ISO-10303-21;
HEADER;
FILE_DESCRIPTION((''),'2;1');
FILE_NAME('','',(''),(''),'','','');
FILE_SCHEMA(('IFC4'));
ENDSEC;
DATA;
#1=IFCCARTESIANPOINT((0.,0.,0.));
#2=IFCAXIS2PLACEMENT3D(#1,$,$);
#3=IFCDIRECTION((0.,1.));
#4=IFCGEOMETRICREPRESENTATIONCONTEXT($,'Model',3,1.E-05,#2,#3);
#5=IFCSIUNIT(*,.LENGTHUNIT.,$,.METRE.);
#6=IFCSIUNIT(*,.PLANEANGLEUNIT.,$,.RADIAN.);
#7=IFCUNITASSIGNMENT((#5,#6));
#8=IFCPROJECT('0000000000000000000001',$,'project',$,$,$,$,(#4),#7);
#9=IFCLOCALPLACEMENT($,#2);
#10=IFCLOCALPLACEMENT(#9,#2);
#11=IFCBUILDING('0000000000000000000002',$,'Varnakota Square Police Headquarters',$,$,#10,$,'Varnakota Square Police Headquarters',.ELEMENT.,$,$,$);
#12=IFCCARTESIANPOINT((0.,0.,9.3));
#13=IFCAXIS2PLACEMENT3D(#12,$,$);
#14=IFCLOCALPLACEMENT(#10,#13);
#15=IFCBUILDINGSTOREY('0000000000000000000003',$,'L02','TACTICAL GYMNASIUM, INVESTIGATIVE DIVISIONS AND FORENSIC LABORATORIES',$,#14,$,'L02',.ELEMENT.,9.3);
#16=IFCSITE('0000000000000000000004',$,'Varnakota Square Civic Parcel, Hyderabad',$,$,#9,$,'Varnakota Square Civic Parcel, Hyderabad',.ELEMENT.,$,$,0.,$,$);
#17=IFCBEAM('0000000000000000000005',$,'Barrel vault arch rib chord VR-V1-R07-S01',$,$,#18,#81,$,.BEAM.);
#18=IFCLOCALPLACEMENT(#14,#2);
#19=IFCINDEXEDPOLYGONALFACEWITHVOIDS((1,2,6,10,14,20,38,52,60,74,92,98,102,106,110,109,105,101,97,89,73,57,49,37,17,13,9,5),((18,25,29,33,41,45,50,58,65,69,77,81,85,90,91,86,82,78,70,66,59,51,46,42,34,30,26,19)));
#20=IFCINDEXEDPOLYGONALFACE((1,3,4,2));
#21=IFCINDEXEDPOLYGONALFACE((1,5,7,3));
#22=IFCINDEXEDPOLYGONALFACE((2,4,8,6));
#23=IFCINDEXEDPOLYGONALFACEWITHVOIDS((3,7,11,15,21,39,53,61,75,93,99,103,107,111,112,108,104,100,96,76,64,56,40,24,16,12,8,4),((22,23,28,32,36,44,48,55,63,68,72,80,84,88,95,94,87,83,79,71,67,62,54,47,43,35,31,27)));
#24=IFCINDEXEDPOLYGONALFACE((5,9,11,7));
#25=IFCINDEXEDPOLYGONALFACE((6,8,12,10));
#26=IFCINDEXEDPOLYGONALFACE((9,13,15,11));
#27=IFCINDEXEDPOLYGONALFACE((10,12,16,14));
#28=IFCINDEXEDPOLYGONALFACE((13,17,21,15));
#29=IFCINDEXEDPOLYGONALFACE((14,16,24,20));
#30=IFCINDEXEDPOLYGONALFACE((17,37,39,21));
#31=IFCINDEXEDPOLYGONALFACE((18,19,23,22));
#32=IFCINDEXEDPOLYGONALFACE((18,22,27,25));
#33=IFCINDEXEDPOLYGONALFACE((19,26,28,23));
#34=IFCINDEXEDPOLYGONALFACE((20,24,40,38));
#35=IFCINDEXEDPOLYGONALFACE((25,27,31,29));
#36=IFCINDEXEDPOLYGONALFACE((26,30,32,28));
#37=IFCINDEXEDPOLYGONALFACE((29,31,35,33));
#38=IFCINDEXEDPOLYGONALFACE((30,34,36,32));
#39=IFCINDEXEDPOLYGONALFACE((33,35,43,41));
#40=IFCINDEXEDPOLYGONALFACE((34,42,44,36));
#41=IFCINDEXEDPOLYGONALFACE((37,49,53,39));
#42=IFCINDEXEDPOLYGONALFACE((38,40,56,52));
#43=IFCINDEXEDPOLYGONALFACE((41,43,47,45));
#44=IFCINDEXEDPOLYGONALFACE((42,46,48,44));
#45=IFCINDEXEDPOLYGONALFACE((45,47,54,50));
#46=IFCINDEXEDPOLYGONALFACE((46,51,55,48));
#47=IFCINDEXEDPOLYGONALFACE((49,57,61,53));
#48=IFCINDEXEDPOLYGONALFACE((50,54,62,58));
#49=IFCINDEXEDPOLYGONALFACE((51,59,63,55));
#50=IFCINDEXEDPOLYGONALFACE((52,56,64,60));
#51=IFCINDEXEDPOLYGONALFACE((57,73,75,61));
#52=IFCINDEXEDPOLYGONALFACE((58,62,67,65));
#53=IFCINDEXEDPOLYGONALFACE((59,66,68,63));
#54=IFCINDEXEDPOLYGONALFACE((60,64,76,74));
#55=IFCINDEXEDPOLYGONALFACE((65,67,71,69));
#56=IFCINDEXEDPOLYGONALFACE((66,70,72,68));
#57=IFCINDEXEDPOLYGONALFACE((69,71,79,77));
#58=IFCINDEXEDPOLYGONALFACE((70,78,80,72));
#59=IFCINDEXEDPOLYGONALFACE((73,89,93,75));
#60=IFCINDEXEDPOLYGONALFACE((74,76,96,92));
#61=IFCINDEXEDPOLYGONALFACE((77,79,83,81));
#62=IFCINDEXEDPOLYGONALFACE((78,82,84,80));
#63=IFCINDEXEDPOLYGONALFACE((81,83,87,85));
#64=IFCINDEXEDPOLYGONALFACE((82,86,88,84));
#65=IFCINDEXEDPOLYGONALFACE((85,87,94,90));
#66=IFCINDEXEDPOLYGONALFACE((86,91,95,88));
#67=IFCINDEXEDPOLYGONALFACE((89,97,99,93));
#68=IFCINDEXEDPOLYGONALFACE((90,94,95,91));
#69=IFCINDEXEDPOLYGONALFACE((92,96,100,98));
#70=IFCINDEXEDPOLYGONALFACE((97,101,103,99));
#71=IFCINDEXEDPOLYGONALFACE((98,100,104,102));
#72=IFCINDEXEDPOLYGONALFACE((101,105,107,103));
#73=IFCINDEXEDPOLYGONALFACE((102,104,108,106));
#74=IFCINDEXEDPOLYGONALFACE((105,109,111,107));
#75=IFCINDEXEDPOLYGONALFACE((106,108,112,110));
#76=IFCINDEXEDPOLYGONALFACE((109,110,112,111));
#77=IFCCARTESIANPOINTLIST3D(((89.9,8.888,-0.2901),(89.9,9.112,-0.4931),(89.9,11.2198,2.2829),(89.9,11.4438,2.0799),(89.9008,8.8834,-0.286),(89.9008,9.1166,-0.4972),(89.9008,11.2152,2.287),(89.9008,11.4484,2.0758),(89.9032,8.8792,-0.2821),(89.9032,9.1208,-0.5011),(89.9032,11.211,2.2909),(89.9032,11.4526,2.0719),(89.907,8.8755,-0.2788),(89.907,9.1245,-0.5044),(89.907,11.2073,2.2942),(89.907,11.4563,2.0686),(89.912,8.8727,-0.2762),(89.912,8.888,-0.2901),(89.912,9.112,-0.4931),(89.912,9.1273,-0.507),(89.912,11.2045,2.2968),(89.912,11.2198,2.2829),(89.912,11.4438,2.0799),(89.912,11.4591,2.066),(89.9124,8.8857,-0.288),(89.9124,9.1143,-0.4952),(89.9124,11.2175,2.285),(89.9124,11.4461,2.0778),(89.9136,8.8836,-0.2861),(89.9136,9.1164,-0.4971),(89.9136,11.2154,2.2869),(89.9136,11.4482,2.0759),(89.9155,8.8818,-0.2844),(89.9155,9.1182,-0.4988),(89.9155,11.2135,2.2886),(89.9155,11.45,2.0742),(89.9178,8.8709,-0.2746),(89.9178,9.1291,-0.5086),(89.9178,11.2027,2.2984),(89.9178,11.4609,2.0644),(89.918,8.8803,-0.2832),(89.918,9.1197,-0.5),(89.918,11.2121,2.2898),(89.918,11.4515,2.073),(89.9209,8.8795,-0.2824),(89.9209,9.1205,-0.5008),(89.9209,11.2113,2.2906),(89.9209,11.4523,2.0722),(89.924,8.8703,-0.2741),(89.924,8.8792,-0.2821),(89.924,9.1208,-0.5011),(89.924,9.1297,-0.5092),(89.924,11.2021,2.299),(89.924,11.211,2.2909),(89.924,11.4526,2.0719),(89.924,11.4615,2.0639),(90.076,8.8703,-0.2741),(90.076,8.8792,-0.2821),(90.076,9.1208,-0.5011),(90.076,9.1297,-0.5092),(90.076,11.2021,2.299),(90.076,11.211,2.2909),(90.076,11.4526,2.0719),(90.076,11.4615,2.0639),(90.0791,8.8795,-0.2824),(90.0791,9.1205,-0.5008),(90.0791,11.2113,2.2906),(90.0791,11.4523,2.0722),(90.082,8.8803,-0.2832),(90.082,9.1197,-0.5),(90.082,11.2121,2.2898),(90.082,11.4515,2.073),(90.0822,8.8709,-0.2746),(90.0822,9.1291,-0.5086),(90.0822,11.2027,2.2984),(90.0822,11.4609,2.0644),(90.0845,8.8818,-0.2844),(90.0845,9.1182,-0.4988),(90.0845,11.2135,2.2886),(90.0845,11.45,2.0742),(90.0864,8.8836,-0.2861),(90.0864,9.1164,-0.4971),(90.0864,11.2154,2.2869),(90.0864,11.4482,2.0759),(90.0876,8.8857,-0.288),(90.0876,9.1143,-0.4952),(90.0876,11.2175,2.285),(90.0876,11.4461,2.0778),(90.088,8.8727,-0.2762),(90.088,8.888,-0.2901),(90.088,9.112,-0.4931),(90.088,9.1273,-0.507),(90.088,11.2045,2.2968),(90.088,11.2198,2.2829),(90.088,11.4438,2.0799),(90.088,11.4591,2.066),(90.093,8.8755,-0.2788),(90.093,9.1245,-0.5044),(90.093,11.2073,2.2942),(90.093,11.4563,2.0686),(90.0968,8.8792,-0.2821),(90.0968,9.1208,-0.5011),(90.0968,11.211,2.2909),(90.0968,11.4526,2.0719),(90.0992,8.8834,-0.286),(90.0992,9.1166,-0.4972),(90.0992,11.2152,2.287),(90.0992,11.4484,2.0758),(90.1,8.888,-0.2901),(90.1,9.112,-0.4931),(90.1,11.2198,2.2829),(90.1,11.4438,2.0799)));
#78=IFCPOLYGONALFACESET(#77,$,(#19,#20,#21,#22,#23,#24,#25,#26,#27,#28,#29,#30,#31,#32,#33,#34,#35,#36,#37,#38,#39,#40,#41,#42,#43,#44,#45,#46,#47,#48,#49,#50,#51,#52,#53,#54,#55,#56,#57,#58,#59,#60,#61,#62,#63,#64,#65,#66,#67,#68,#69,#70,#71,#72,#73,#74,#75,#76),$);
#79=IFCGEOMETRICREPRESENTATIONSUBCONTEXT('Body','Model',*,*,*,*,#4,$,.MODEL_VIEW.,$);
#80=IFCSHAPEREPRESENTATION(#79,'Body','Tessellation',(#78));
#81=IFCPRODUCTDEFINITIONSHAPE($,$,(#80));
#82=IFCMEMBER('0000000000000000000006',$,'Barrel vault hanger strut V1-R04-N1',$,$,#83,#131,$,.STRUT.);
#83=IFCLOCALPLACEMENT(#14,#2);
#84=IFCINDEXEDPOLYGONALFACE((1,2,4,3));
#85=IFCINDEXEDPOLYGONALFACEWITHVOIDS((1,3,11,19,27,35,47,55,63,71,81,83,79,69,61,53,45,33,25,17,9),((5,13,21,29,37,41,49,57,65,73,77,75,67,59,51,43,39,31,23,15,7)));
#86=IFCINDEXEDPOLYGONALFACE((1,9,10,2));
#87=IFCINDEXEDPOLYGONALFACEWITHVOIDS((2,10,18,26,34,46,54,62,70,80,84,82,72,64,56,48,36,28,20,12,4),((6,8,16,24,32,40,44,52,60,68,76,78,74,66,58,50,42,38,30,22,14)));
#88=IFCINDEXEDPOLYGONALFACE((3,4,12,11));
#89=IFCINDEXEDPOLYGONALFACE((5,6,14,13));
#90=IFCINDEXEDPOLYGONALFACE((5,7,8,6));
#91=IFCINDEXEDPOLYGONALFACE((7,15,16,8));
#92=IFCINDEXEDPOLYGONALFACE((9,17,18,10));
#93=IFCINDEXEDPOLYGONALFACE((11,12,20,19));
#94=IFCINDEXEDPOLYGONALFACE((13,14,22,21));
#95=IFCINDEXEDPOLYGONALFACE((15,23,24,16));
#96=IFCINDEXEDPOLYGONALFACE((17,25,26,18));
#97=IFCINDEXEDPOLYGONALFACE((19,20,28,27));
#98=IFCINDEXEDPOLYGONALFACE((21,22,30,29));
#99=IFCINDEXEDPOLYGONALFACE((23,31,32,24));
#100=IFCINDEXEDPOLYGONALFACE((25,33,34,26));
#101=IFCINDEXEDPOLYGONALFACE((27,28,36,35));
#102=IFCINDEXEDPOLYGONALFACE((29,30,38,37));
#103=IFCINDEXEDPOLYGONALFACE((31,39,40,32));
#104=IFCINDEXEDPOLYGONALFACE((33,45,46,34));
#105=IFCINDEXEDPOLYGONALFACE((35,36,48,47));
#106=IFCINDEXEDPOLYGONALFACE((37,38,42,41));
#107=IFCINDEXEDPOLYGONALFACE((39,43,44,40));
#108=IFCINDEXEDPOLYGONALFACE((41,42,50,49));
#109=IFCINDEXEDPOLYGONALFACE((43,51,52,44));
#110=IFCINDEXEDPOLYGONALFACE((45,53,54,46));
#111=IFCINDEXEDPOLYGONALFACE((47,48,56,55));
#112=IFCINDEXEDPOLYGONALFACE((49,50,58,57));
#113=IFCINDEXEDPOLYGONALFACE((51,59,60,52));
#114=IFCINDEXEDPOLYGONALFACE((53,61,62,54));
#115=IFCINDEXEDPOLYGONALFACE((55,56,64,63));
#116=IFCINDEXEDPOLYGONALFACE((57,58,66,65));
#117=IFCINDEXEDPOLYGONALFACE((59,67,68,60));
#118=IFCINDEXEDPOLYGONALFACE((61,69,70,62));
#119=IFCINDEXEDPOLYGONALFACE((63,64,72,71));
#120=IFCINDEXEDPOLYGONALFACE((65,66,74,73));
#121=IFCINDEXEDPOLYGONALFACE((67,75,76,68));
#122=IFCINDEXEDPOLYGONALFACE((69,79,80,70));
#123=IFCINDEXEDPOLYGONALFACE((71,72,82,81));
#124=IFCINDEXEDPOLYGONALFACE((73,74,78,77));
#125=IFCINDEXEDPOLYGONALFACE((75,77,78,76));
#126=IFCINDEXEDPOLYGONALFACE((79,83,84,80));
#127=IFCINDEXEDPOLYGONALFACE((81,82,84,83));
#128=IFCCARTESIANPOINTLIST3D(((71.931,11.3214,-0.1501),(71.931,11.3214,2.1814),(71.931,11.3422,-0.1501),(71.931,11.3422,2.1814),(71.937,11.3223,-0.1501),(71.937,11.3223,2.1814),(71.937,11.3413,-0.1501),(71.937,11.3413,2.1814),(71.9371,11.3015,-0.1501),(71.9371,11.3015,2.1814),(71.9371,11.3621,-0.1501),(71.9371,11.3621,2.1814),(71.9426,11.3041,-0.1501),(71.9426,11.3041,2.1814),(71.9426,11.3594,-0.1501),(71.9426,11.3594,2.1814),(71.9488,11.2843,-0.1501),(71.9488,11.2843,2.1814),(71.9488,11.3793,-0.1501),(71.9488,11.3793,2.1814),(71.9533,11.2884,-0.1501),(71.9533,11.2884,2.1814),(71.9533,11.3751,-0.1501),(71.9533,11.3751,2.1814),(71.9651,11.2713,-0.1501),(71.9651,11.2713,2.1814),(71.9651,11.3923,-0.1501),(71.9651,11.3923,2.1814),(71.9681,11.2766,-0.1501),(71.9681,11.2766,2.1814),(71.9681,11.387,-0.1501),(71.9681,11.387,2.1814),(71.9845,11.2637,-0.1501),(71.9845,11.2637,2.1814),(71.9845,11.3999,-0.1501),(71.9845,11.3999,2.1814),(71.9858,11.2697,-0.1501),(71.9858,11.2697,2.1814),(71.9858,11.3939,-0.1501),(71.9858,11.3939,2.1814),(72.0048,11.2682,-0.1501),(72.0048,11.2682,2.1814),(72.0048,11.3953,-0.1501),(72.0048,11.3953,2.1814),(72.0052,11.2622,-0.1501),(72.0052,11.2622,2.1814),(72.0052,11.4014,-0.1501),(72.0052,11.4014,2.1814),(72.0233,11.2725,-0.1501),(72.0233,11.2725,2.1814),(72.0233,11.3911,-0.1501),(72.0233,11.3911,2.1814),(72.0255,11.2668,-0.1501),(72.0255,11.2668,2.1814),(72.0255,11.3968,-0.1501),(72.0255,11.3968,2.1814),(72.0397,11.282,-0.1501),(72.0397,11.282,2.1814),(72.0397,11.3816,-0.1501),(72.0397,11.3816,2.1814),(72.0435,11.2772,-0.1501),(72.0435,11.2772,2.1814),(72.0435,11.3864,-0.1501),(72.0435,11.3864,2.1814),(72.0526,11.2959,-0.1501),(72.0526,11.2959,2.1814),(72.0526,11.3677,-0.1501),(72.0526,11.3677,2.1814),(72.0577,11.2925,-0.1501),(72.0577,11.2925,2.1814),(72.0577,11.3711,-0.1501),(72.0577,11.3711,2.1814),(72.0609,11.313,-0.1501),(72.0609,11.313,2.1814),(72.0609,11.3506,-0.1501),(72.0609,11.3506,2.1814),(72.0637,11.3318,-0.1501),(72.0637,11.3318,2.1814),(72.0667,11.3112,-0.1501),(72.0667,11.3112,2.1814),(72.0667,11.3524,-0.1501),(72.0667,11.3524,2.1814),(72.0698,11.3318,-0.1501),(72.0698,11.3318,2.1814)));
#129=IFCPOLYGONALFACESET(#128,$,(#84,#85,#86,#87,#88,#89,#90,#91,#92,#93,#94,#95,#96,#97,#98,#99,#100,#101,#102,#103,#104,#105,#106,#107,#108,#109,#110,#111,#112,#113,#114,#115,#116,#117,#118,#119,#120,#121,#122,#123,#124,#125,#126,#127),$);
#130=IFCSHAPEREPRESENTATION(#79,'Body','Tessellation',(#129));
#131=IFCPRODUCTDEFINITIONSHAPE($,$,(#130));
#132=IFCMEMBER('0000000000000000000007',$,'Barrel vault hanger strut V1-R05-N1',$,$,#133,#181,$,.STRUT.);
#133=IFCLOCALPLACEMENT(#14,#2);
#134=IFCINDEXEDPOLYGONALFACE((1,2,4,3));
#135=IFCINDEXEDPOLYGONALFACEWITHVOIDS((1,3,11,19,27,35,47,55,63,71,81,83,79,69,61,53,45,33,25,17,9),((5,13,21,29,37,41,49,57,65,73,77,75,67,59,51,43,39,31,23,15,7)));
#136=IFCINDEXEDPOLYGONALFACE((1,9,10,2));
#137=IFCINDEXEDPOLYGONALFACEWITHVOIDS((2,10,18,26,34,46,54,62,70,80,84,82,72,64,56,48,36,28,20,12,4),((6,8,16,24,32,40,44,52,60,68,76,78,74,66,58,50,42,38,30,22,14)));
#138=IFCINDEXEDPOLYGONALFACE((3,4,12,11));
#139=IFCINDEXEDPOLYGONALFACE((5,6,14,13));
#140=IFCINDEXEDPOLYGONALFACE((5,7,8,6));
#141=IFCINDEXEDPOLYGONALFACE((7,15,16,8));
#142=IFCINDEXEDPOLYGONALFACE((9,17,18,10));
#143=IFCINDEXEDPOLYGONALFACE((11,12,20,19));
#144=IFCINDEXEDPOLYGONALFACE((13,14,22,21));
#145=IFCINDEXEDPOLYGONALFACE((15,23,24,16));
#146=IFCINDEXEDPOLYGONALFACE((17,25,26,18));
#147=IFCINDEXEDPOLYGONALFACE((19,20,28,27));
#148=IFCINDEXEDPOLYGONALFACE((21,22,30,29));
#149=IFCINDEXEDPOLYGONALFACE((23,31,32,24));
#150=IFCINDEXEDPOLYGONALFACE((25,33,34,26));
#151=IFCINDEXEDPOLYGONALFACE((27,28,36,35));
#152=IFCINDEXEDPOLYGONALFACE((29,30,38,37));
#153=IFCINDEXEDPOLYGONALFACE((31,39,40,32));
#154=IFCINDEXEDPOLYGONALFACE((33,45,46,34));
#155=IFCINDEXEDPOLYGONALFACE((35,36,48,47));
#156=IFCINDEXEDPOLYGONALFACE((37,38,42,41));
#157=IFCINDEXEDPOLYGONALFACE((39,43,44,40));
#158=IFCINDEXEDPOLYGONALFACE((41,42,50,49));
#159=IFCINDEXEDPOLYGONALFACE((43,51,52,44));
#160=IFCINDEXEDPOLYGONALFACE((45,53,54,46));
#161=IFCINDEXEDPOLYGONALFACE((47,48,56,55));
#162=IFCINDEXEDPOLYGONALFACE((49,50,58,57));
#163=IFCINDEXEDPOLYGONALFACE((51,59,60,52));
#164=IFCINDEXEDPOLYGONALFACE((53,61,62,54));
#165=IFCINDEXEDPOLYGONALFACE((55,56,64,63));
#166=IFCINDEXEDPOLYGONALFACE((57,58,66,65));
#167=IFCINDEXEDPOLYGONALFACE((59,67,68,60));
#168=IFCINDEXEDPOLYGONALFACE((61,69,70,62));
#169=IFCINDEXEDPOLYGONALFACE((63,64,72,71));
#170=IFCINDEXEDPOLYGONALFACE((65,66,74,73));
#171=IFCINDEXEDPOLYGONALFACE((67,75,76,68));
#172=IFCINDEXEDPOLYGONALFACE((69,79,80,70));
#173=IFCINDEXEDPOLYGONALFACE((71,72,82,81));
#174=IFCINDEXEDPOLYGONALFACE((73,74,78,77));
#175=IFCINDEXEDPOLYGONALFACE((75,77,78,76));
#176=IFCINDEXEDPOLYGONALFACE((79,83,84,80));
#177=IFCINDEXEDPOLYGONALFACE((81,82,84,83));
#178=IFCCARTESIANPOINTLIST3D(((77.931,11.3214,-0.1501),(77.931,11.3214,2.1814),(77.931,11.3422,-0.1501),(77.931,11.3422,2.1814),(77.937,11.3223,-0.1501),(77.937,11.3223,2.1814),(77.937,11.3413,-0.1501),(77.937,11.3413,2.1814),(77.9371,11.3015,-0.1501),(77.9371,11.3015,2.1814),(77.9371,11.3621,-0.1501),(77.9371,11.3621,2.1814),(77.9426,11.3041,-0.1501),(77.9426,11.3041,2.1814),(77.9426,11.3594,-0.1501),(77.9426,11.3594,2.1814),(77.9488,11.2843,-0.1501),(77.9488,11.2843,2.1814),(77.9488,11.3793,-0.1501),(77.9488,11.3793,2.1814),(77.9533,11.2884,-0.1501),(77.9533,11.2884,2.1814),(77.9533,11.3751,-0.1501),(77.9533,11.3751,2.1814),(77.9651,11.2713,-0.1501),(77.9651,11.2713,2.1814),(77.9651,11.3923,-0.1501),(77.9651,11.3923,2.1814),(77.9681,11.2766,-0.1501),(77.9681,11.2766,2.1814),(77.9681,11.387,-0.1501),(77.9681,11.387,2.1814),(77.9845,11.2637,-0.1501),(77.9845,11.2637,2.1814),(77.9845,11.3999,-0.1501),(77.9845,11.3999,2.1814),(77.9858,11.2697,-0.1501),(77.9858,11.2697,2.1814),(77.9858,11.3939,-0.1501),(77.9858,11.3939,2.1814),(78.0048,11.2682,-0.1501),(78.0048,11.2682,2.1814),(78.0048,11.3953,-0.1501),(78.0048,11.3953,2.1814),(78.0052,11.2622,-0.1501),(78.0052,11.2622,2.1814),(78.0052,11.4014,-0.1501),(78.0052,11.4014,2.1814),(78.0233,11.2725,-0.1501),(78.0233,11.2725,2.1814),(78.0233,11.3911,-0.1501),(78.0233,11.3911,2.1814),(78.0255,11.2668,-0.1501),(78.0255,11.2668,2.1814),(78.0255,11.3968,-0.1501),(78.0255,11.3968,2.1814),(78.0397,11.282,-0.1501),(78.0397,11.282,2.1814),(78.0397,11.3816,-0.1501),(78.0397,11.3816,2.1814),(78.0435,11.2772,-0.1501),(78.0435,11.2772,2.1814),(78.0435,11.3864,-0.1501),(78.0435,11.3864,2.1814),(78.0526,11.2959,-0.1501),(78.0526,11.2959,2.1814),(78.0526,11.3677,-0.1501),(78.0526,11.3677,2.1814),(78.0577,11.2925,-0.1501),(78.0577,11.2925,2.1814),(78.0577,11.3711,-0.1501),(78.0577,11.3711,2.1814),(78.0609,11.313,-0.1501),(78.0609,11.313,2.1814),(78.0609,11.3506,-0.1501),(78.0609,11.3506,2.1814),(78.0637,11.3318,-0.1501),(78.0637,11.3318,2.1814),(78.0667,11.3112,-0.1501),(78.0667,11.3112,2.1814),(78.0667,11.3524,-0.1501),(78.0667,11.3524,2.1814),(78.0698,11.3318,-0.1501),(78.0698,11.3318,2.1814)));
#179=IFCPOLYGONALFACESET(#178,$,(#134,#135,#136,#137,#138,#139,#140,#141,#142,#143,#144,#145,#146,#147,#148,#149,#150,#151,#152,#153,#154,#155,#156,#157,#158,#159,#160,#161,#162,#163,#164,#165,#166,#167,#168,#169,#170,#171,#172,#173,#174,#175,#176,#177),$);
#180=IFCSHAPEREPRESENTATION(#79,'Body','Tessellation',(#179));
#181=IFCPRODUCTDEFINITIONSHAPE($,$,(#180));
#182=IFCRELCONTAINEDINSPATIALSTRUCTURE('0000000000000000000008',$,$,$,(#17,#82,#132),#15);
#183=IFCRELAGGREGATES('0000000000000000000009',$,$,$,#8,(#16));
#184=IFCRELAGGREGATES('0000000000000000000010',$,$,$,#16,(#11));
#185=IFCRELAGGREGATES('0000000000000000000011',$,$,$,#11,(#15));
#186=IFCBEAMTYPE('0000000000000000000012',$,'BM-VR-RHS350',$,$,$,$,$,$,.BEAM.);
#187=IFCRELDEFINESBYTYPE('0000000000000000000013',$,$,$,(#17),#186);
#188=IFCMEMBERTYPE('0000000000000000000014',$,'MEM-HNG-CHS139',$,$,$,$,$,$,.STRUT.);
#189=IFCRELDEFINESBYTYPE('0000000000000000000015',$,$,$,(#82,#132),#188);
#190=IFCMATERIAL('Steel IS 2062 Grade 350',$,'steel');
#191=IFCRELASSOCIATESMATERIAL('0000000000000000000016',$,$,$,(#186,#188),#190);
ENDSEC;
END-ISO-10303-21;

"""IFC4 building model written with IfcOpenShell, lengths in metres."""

from ifc_helpers import new_model, si_unit, direction, frame, origin, origin_2d, place, context, subcontext, project, spatial, hollow_rectangle, hollow_circle, extrude, material, material_profile, profile_set, type_object, element, save


model = new_model("IFC4")

# Units and contexts
model_context = context("Model", 3, precision=1e-05, world=origin(), true_north=direction((0.0, 1.0)))
body_context = subcontext(model_context, "Body", "Model", "MODEL_VIEW")
ifc_project = project(units=[si_unit("LENGTHUNIT", "METRE"), si_unit("PLANEANGLEUNIT", "RADIAN")], contexts=[model_context])

# Site, building, storey
site_placement = place(None, origin())
site = spatial("IfcSite", under=ifc_project, at=site_placement, Name="Varnakota Square Civic Parcel, Hyderabad", LongName="Varnakota Square Civic Parcel, Hyderabad", CompositionType="ELEMENT", RefElevation=0.0)
building_placement = place(site_placement, origin())
building = spatial("IfcBuilding", under=site, at=building_placement, Name="Varnakota Square Police Headquarters", LongName="Varnakota Square Police Headquarters", CompositionType="ELEMENT")
storey_placement = place(building_placement, frame((0.0, 0.0, 9.3)))
storey = spatial("IfcBuildingStorey", under=building, at=storey_placement, Name="L02", Description="TACTICAL GYMNASIUM, INVESTIGATIVE DIVISIONS AND FORENSIC LABORATORIES", LongName="L02", CompositionType="ELEMENT", Elevation=9.3)

# Beam
ifc_material_1 = material(Name="Steel IS 2062 Grade 350", Category="steel")
ifc_material_profile_1 = material_profile(ifc_material_1, hollow_rectangle(XDim=0.2, YDim=0.3501, WallThickness=0.012, InnerFilletRadius=0.012, OuterFilletRadius=0.0239, at=origin_2d()), Name="RHS 350x200x12")
ifc_profile_set_1 = profile_set([ifc_material_profile_1], Name="Steel IS 2062 Grade 350")
beam_type_1 = type_object("IfcBeamType", Name="BM-VR-RHS350", PredefinedType="BEAM", material=ifc_profile_set_1)
beam_1_placement = place(storey_placement, frame((90.0, 9.0, -0.3916), z_axis=(0.0, 0.671521, 0.740986), x_axis=(-1.0, 0.0, 0.0)))
element("IfcBeam", 1, at=beam_1_placement, inside=storey, type_object=beam_type_1, Name="Barrel vault arch rib chord VR-V1-R07-S01", PredefinedType="BEAM", context=body_context, shape_type="SweptSolid", body=[
    extrude(hollow_rectangle(XDim=0.2, YDim=0.3501, WallThickness=0.012, InnerFilletRadius=0.012, OuterFilletRadius=0.0239, at=origin_2d()), origin(), (0.0, 0.0, 1.0), 3.4724),
])

# Members
ifc_material_profile_2 = material_profile(ifc_material_1, hollow_circle(Radius=0.0698, WallThickness=0.0061, at=origin_2d()), Name="CHS 139.7x6.0")
ifc_profile_set_2 = profile_set([ifc_material_profile_2], Name="Steel IS 2062 Grade 350")
member_type_1 = type_object("IfcMemberType", Name="MEM-HNG-CHS139", PredefinedType="STRUT", material=ifc_profile_set_2)
for number, where, z_axis, x_axis, name in (
    (2, (72.0, 11.3318, -0.1501), (0.0, 0.0, 1.0), (1.0, 0.0, 0.0), "Barrel vault hanger strut V1-R04-N1"),
    (3, (78.0, 11.3318, -0.1501), (0.0, 0.0, 1.0), (1.0, 0.0, 0.0), "Barrel vault hanger strut V1-R05-N1"),
):
    element("IfcMember", number, at=place(storey_placement, frame(where, z_axis=z_axis, x_axis=x_axis)), inside=storey, type_object=member_type_1, Name=name, PredefinedType="STRUT", context=body_context, shape_type="SweptSolid", body=[
        extrude(hollow_circle(Radius=0.0698, WallThickness=0.0061, at=origin_2d()), origin(), (0.0, 0.0, 1.0), 2.3315),
    ])

save(model, "model.ifc")
